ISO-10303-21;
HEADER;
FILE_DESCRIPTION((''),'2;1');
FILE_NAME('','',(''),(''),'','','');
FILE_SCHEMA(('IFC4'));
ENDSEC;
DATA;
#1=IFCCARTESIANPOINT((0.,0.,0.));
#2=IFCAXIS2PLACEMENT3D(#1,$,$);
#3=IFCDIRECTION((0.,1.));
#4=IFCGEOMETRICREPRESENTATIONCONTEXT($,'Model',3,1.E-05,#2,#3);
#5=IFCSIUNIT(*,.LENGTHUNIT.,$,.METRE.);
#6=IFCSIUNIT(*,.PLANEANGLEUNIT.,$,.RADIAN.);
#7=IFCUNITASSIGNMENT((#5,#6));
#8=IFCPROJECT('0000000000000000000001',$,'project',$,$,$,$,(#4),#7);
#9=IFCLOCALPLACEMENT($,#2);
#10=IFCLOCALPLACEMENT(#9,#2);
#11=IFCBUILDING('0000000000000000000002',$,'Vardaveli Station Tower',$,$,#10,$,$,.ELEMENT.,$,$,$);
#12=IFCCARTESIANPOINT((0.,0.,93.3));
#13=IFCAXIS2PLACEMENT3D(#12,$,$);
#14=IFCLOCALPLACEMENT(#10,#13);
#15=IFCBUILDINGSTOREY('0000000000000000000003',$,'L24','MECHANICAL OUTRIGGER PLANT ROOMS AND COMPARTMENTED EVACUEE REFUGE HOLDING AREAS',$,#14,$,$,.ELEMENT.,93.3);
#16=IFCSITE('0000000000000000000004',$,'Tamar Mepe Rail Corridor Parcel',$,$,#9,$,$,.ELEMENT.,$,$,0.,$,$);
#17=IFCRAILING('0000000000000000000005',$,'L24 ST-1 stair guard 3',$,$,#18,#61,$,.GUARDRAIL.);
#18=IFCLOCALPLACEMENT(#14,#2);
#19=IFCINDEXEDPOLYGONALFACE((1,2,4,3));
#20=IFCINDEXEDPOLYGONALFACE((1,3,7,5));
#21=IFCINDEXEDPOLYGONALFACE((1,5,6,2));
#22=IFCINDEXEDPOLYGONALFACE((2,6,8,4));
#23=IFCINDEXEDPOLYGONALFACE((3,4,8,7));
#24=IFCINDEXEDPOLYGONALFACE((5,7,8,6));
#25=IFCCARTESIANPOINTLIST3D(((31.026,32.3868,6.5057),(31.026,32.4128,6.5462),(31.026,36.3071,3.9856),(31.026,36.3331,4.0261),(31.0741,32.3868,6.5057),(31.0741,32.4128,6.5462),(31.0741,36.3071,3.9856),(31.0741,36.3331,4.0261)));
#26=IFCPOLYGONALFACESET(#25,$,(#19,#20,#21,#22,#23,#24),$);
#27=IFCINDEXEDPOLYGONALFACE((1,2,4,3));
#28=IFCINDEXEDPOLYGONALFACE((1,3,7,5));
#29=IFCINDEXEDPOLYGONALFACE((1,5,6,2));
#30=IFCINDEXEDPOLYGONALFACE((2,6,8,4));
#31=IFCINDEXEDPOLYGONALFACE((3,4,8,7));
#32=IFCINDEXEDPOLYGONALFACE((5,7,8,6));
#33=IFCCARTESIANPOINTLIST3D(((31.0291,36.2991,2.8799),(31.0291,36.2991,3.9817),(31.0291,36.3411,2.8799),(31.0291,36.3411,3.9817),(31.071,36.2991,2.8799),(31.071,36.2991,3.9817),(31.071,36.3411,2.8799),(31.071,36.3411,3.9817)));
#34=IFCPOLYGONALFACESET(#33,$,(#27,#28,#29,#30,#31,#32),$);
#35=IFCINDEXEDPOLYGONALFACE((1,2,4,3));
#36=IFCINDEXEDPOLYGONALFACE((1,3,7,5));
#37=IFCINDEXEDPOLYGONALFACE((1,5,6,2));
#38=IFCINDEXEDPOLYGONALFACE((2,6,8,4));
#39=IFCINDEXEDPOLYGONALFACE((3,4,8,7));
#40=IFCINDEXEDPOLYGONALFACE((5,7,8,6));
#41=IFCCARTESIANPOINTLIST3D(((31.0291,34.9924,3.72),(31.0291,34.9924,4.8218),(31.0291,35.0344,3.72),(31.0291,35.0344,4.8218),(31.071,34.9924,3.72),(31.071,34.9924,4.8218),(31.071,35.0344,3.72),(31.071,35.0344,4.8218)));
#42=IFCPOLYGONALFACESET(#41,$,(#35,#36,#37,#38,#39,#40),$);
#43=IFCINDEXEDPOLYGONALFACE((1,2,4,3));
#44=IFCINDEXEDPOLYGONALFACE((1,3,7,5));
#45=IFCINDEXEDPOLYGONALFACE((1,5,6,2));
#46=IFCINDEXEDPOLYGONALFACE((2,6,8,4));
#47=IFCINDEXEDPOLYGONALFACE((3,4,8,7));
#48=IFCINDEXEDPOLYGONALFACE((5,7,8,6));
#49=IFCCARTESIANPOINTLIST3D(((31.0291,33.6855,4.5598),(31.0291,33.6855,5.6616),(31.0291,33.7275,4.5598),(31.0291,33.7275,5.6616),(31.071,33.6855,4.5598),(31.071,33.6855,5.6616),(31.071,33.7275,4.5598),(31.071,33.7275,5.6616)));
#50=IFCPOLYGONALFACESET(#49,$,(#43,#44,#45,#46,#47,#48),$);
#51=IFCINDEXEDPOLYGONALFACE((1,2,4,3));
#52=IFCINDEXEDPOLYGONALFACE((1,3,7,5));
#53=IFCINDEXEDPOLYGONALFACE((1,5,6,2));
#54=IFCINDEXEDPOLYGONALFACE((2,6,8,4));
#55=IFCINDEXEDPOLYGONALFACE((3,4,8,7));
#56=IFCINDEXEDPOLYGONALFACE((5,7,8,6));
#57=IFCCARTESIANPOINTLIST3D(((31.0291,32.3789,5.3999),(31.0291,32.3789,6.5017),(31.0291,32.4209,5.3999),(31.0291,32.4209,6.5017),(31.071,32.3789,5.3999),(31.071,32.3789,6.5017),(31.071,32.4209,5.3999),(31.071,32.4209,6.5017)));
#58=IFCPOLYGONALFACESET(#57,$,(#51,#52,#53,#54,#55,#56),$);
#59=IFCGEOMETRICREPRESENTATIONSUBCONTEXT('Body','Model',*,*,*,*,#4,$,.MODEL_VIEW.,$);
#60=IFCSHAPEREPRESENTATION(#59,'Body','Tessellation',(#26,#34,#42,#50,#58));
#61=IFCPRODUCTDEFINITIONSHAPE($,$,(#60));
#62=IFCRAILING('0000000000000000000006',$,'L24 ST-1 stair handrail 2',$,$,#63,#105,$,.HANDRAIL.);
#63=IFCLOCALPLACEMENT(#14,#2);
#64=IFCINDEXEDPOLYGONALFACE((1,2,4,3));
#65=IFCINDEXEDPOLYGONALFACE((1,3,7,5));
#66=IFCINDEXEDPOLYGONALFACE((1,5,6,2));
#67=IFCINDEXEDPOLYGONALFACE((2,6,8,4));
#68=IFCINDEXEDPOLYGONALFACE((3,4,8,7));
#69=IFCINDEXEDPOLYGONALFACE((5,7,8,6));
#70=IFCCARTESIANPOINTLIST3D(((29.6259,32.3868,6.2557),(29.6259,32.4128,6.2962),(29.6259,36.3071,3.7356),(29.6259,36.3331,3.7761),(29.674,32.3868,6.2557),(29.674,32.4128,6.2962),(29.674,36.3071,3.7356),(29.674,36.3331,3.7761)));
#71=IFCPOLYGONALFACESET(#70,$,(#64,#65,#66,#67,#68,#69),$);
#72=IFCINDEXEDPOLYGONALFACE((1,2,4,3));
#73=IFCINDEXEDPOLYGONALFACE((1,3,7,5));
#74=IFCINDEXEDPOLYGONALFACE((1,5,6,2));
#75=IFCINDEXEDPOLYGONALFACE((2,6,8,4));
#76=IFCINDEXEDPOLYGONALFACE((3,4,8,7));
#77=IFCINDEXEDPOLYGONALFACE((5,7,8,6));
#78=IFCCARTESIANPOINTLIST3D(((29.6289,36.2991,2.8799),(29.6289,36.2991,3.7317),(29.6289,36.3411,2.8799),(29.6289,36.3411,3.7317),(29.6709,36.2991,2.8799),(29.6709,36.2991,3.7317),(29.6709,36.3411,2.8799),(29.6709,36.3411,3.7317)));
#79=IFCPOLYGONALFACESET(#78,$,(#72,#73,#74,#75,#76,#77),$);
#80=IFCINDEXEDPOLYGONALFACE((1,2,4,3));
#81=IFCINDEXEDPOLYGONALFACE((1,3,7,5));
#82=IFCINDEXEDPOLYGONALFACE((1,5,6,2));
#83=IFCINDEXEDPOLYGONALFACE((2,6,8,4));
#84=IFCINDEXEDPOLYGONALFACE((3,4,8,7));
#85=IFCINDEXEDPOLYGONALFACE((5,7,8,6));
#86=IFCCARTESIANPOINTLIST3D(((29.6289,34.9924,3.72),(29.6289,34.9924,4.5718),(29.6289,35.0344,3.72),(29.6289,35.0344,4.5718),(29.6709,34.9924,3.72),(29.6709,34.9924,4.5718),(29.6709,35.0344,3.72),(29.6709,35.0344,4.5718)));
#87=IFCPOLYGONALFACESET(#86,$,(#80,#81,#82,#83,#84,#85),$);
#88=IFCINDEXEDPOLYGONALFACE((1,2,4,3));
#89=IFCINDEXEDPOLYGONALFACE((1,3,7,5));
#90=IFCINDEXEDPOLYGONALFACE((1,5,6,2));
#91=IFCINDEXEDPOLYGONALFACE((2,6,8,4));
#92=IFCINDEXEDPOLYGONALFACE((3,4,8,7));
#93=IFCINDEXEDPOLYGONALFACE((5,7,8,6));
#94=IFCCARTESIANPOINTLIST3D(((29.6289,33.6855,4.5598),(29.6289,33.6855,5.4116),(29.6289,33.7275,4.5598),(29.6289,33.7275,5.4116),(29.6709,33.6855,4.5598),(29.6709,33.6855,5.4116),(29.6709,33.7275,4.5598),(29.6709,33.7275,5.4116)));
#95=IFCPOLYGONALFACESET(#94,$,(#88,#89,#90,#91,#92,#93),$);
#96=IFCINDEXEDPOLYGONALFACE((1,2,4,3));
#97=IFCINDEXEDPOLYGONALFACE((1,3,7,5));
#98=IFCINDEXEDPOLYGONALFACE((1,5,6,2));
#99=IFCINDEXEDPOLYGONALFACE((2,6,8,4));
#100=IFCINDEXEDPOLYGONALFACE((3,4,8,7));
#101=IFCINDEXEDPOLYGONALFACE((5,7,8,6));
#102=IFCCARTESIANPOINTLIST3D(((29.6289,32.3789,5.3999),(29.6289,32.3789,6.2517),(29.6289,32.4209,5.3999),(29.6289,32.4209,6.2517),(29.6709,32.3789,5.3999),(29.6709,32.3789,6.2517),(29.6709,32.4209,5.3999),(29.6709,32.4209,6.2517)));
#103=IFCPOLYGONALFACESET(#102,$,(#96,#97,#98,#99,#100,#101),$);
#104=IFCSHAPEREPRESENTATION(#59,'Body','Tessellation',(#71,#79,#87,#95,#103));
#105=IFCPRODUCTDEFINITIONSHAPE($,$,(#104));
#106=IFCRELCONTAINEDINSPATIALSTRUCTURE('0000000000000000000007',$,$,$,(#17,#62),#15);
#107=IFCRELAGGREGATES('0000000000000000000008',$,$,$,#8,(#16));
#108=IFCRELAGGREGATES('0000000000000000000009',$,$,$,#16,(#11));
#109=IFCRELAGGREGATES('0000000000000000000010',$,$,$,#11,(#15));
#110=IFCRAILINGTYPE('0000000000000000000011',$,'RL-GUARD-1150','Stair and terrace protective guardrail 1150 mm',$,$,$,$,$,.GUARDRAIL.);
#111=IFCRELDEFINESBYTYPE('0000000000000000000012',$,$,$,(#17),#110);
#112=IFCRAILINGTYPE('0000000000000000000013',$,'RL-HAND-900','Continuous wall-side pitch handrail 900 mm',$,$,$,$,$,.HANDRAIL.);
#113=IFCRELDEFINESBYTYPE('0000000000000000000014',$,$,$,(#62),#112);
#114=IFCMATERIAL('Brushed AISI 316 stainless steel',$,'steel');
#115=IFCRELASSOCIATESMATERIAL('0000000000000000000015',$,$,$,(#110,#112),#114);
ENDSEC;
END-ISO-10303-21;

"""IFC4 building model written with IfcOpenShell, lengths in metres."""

from ifc_helpers import new_model, si_unit, direction, frame, origin, origin_2d, place, context, subcontext, project, spatial, rectangle, extrude, source, transform, mapped, material, type_object, element, save


model = new_model("IFC4")

# Units and contexts
model_context = context("Model", 3, precision=1e-05, world=origin(), true_north=direction((0.0, 1.0)))
body_context = subcontext(model_context, "Body", "Model", "MODEL_VIEW")
ifc_project = project(units=[si_unit("LENGTHUNIT", "METRE"), si_unit("PLANEANGLEUNIT", "RADIAN")], contexts=[model_context])

# Site, building, storey
site_placement = place(None, origin())
site = spatial("IfcSite", under=ifc_project, at=site_placement, Name="Tamar Mepe Rail Corridor Parcel", CompositionType="ELEMENT", RefElevation=0.0)
building_placement = place(site_placement, origin())
building = spatial("IfcBuilding", under=site, at=building_placement, Name="Vardaveli Station Tower", CompositionType="ELEMENT")
storey_placement = place(building_placement, frame((0.0, 0.0, 93.3)))
storey = spatial("IfcBuildingStorey", under=building, at=storey_placement, Name="L24", Description="MECHANICAL OUTRIGGER PLANT ROOMS AND COMPARTMENTED EVACUEE REFUGE HOLDING AREAS", CompositionType="ELEMENT", Elevation=93.3)

# Railings
ifc_material_1 = material(Name="Brushed AISI 316 stainless steel", Category="steel")
railing_type_1 = type_object("IfcRailingType", Name="RL-GUARD-1150", Description="Stair and terrace protective guardrail 1150 mm", PredefinedType="GUARDRAIL", material=ifc_material_1)
shared_shape_1 = source(origin(), body_context, "Body", "SweptSolid", [
    extrude(rectangle(XDim=0.0481, YDim=0.0481, at=origin_2d()), frame((0.0, 0.0, 1.126), z_axis=(0.0, -0.841187, 0.540744), x_axis=(1.0, 0.0, 0.0)), (0.0, 0.0, 1.0), 4.6604),
    extrude(rectangle(XDim=0.042, YDim=0.042, at=origin_2d()), origin(), (0.0, 0.0, 1.0), 1.1018),
    extrude(rectangle(XDim=0.042, YDim=0.042, at=origin_2d()), frame((0.0, -1.3066, 0.8401)), (0.0, 0.0, 1.0), 1.1018),
    extrude(rectangle(XDim=0.042, YDim=0.042, at=origin_2d()), frame((0.0, -2.6135, 1.6799)), (0.0, 0.0, 1.0), 1.1018),
    extrude(rectangle(XDim=0.042, YDim=0.042, at=origin_2d()), frame((0.0, -3.9202, 2.52)), (0.0, 0.0, 1.0), 1.1018),
])
railing_1_placement = place(storey_placement, frame((31.05, 36.3201, 2.8799)))
element("IfcRailing", 1, at=railing_1_placement, inside=storey, type_object=railing_type_1, Name="L24 ST-1 stair guard 3", PredefinedType="GUARDRAIL", context=body_context, shape_type="MappedRepresentation", body=[
    mapped(shared_shape_1, transform((0.0, 0.0, 0.0), scale=1.0)),
])
railing_type_2 = type_object("IfcRailingType", Name="RL-HAND-900", Description="Continuous wall-side pitch handrail 900 mm", PredefinedType="HANDRAIL", material=ifc_material_1)
shared_shape_2 = source(origin(), body_context, "Body", "SweptSolid", [
    extrude(rectangle(XDim=0.0481, YDim=0.0481, at=origin_2d()), frame((0.0, 0.0, 0.876), z_axis=(0.0, -0.841187, 0.540744), x_axis=(1.0, 0.0, 0.0)), (0.0, 0.0, 1.0), 4.6604),
    extrude(rectangle(XDim=0.042, YDim=0.042, at=origin_2d()), origin(), (0.0, 0.0, 1.0), 0.8518),
    extrude(rectangle(XDim=0.042, YDim=0.042, at=origin_2d()), frame((0.0, -1.3066, 0.8401)), (0.0, 0.0, 1.0), 0.8518),
    extrude(rectangle(XDim=0.042, YDim=0.042, at=origin_2d()), frame((0.0, -2.6135, 1.6799)), (0.0, 0.0, 1.0), 0.8518),
    extrude(rectangle(XDim=0.042, YDim=0.042, at=origin_2d()), frame((0.0, -3.9202, 2.52)), (0.0, 0.0, 1.0), 0.8518),
])
railing_2_placement = place(storey_placement, frame((29.6499, 36.3201, 2.8799)))
element("IfcRailing", 2, at=railing_2_placement, inside=storey, type_object=railing_type_2, Name="L24 ST-1 stair handrail 2", PredefinedType="HANDRAIL", context=body_context, shape_type="MappedRepresentation", body=[
    mapped(shared_shape_2, transform((0.0, 0.0, 0.0), scale=1.0)),
])

save(model, "model.ifc")
